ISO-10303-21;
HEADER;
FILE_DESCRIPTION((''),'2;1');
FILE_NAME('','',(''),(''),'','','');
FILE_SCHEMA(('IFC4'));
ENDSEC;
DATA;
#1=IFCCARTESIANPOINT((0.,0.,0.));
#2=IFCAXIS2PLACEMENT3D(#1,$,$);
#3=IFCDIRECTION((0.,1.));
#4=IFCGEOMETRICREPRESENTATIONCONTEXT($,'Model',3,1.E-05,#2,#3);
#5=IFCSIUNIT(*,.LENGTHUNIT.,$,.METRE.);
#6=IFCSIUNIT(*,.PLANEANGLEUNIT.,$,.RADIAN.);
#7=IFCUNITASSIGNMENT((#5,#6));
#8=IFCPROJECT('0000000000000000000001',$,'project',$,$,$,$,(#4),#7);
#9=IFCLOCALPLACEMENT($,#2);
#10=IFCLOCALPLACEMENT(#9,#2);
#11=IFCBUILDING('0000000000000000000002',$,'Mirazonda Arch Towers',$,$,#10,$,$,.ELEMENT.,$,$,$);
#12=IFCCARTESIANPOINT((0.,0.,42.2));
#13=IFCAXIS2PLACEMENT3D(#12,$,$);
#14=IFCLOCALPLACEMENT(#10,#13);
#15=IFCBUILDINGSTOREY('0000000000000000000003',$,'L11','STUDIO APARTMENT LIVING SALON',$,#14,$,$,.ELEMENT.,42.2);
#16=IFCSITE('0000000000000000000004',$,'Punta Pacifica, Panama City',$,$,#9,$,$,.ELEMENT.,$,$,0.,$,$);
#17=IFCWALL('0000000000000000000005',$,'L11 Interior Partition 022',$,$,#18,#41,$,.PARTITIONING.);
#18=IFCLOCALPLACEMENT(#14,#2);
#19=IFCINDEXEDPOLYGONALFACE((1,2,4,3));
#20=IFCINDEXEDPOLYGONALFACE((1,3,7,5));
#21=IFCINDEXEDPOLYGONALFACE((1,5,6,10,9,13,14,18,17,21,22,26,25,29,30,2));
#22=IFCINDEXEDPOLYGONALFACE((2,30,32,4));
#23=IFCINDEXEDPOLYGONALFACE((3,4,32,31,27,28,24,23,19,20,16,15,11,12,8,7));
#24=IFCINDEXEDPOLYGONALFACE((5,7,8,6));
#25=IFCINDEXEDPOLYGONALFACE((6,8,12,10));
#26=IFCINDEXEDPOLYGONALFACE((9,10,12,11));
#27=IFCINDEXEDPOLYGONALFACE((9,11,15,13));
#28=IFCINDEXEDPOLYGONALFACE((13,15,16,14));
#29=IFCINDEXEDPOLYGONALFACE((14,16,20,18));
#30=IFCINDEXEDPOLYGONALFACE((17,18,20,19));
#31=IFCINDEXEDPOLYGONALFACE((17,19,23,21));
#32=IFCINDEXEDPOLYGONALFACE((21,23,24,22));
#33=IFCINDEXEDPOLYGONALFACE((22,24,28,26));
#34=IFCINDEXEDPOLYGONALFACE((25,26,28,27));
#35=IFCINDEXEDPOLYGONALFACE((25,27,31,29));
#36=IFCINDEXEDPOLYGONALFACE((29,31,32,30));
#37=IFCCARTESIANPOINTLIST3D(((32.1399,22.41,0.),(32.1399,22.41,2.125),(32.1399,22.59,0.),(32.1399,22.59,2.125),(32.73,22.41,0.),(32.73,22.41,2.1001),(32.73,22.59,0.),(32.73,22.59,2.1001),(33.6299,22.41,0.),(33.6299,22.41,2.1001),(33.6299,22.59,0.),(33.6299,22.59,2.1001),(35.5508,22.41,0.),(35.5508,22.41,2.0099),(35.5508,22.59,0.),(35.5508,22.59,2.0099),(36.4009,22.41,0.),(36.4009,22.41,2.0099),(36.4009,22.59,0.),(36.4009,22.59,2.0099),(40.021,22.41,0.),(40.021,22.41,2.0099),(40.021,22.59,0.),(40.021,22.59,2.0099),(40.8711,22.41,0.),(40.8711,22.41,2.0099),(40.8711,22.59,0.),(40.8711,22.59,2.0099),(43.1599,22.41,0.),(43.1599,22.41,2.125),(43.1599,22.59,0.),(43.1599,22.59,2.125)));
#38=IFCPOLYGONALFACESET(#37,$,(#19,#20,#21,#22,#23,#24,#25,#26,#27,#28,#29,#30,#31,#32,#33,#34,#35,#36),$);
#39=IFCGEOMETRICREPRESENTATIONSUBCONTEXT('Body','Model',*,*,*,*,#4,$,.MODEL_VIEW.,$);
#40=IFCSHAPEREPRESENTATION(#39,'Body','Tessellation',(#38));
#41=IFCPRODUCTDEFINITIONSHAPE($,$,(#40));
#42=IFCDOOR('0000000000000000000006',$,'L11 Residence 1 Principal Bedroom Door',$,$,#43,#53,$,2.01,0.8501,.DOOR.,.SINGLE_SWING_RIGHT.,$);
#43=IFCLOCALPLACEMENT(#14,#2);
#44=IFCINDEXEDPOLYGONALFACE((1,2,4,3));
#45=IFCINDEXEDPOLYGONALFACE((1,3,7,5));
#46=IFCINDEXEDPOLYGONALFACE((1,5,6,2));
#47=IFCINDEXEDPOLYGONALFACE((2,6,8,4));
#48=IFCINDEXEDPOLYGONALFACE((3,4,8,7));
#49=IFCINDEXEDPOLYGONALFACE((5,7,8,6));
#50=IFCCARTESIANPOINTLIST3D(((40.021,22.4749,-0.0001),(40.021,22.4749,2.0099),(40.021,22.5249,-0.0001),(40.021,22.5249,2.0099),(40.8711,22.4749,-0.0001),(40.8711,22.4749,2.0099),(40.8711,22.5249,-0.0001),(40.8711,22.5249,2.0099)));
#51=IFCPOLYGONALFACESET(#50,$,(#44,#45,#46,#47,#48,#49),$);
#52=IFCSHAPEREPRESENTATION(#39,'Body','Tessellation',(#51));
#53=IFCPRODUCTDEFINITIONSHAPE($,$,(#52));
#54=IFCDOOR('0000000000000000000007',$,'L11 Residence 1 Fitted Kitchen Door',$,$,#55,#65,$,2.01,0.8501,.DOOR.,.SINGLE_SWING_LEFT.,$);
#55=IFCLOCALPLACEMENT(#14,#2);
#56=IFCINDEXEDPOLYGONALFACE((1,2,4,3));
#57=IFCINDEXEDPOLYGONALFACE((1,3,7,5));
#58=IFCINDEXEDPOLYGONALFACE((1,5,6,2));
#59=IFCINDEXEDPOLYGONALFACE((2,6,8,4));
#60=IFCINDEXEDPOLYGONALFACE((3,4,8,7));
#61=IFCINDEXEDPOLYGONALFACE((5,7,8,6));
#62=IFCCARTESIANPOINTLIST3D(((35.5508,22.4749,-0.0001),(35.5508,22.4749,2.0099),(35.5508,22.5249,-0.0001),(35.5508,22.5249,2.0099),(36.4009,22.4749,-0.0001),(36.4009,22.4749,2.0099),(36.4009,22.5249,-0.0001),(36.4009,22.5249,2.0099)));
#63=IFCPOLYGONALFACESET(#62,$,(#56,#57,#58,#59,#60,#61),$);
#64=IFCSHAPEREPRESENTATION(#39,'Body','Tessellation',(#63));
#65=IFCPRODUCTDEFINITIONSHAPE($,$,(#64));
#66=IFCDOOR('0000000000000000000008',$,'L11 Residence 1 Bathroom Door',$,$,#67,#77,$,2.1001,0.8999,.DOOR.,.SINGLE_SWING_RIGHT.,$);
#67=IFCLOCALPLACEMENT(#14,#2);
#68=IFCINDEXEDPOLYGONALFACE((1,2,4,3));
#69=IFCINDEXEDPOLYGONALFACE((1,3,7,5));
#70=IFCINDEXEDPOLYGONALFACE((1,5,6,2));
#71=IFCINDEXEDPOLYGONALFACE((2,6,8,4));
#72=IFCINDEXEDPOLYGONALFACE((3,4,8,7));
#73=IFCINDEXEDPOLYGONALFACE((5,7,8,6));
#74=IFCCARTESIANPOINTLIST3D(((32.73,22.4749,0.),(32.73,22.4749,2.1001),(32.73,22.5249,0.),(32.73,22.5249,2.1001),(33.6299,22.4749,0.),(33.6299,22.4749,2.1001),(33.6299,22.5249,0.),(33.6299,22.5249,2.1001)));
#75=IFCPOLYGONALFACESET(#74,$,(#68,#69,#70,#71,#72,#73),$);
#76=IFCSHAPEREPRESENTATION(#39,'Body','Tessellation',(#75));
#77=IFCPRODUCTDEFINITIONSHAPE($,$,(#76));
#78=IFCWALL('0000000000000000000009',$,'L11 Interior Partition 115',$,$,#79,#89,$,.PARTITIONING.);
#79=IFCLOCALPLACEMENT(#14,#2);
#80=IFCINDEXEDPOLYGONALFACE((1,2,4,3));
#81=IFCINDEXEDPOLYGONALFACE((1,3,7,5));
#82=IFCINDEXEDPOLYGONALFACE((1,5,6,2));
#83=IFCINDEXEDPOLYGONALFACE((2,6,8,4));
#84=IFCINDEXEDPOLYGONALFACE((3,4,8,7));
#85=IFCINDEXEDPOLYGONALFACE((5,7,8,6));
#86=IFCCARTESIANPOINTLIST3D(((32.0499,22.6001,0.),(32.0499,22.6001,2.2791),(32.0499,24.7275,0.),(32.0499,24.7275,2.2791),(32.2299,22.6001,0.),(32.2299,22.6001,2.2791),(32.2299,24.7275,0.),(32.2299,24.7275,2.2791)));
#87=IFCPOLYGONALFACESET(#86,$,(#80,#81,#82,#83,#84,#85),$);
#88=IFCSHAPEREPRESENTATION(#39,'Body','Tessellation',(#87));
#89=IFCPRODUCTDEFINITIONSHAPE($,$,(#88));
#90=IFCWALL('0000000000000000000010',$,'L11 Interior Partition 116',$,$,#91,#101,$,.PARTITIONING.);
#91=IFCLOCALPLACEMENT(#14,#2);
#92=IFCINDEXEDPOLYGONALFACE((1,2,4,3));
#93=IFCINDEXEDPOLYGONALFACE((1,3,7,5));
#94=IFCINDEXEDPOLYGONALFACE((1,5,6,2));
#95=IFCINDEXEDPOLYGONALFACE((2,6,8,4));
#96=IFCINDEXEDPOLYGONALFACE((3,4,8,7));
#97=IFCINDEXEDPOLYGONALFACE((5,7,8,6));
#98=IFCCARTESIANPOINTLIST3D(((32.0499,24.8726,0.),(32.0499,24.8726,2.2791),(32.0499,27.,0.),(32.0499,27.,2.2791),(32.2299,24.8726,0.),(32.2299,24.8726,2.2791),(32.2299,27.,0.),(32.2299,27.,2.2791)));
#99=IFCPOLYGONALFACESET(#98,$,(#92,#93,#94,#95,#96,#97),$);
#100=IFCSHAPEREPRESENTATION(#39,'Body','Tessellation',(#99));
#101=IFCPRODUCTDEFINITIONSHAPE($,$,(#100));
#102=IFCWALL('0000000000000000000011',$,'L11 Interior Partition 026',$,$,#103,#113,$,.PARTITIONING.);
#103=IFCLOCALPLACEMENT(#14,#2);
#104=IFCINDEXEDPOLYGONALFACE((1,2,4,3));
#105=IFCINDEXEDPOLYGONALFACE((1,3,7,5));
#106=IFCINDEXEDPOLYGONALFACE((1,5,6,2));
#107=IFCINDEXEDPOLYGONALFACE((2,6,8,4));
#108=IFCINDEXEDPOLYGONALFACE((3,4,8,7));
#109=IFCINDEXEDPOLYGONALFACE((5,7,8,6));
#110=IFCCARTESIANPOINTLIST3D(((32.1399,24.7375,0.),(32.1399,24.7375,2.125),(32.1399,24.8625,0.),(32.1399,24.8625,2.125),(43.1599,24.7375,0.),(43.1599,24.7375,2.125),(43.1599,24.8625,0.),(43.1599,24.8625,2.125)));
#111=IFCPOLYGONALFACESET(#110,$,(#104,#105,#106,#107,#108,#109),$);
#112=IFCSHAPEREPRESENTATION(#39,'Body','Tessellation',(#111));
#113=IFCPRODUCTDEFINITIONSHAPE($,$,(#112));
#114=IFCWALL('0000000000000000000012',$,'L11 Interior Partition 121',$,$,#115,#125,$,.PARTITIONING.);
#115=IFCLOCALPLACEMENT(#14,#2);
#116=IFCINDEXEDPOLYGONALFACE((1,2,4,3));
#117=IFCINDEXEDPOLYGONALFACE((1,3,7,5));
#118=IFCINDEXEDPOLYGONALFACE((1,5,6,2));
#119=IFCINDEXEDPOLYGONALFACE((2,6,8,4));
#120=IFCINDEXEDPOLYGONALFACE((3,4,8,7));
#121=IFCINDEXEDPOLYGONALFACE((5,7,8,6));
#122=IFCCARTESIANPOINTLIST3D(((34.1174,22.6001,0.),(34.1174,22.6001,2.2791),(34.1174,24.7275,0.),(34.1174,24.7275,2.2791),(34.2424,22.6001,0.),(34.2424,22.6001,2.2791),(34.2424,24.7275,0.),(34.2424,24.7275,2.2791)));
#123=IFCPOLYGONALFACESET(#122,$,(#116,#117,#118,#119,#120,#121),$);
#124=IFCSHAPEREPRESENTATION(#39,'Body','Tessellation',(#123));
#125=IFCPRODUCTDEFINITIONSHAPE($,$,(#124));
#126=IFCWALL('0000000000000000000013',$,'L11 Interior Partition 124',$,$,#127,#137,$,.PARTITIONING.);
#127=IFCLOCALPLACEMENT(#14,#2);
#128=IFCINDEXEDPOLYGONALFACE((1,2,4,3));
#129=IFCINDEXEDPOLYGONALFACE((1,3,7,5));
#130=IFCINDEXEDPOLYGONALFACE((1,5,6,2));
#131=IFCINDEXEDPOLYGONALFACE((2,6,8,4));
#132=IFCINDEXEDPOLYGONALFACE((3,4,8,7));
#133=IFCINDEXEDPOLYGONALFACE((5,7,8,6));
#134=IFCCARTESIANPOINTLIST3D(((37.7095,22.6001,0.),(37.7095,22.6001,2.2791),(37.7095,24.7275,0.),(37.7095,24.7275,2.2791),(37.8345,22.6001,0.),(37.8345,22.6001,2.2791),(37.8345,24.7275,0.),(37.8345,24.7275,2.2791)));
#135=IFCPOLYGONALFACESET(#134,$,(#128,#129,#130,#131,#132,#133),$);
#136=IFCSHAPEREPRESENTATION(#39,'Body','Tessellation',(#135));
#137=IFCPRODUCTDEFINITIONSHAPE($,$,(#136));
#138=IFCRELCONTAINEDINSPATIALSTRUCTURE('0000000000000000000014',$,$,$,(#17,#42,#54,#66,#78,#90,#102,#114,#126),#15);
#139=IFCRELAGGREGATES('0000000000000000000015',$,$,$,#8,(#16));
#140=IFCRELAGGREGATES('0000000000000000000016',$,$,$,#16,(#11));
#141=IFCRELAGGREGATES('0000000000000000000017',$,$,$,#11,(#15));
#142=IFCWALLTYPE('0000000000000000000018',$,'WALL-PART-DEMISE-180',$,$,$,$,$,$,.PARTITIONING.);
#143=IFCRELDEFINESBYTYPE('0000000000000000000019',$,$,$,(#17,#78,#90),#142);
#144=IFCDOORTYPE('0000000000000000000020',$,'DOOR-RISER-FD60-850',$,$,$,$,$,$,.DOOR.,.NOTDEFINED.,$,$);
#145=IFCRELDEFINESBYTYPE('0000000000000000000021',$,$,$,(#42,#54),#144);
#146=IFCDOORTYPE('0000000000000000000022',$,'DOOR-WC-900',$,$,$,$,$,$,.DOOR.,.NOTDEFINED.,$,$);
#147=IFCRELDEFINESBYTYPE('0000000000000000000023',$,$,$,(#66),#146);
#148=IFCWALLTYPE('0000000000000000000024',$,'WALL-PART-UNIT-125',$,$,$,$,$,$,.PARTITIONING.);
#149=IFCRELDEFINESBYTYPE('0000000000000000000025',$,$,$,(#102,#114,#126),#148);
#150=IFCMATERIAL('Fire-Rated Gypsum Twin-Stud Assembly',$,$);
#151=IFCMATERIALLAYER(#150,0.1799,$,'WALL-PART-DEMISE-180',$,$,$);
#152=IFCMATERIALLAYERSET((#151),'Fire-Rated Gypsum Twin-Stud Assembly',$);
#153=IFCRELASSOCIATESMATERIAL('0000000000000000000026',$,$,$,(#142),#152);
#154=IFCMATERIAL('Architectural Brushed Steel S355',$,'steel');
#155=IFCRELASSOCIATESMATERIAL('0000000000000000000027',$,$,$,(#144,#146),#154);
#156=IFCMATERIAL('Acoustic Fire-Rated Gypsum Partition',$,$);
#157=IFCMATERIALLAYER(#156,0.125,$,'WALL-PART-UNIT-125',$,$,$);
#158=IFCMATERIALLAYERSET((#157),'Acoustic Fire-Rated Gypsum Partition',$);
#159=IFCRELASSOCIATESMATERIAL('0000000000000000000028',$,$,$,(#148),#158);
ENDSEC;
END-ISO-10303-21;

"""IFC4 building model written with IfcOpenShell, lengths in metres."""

from ifc_helpers import new_model, si_unit, direction, frame, frame_2d, origin, place, context, subcontext, project, spatial, rectangle, extrude, material, layer, layer_set, type_object, element, fill, save


model = new_model("IFC4")

# Units and contexts
model_context = context("Model", 3, precision=1e-05, world=origin(), true_north=direction((0.0, 1.0)))
body_context = subcontext(model_context, "Body", "Model", "MODEL_VIEW")
ifc_project = project(units=[si_unit("LENGTHUNIT", "METRE"), si_unit("PLANEANGLEUNIT", "RADIAN")], contexts=[model_context])

# Site, building, storey
site_placement = place(None, origin())
site = spatial("IfcSite", under=ifc_project, at=site_placement, Name="Punta Pacifica, Panama City", CompositionType="ELEMENT", RefElevation=0.0)
building_placement = place(site_placement, origin())
building = spatial("IfcBuilding", under=site, at=building_placement, Name="Mirazonda Arch Towers", CompositionType="ELEMENT")
storey_placement = place(building_placement, frame((0.0, 0.0, 42.2)))
storey = spatial("IfcBuildingStorey", under=building, at=storey_placement, Name="L11", Description="STUDIO APARTMENT LIVING SALON", CompositionType="ELEMENT", Elevation=42.2)

# Wall, openings, doors
ifc_material_1 = material(Name="Fire-Rated Gypsum Twin-Stud Assembly")
ifc_layer_1 = layer(ifc_material_1, 0.1799, Name="WALL-PART-DEMISE-180")
ifc_layer_set_1 = layer_set([ifc_layer_1], Name="Fire-Rated Gypsum Twin-Stud Assembly")
wall_type_1 = type_object("IfcWallType", Name="WALL-PART-DEMISE-180", PredefinedType="PARTITIONING", material=ifc_layer_set_1)
wall_1_placement = place(storey_placement, frame((32.1399, 22.5, 0.0), z_axis=(0.0, 0.0, 1.0), x_axis=(1.0, 0.0, 0.0)))
wall_1 = element("IfcWall", 1, at=wall_1_placement, inside=storey, type_object=wall_type_1, Name="L11 Interior Partition 022", PredefinedType="PARTITIONING", context=body_context, shape_type="SweptSolid", body=[
    extrude(rectangle(XDim=11.02, YDim=0.1799, at=frame_2d((5.51, 0.0))), origin(), (0.0, 0.0, 1.0), 2.125),
])
opening_1_placement = place(wall_1_placement, frame((7.8811, 0.0, 0.0)))
opening_1 = element("IfcOpeningElement", 2, at=opening_1_placement, cuts=wall_1, PredefinedType="OPENING", context=body_context, shape_type="SweptSolid", body=[
    extrude(rectangle(XDim=0.8501, YDim=2.01, at=frame_2d((0.425, 1.0049))), frame((0.0, 0.0999, 0.0), z_axis=(0.0, -1.0, 0.0), x_axis=(1.0, 0.0, 0.0)), (0.0, 0.0, 1.0), 0.2),
])
opening_2_placement = place(wall_1_placement, frame((3.4109, 0.0, 0.0)))
opening_2 = element("IfcOpeningElement", 3, at=opening_2_placement, cuts=wall_1, PredefinedType="OPENING", context=body_context, shape_type="SweptSolid", body=[
    extrude(rectangle(XDim=0.8501, YDim=2.01, at=frame_2d((0.425, 1.0049))), frame((0.0, 0.0999, 0.0), z_axis=(0.0, -1.0, 0.0), x_axis=(1.0, 0.0, 0.0)), (0.0, 0.0, 1.0), 0.2),
])
opening_3_placement = place(wall_1_placement, frame((0.5901, 0.0, 0.0)))
opening_3 = element("IfcOpeningElement", 4, at=opening_3_placement, cuts=wall_1, PredefinedType="OPENING", context=body_context, shape_type="SweptSolid", body=[
    extrude(rectangle(XDim=0.8999, YDim=2.1001, at=frame_2d((0.45, 1.05))), frame((0.0, 0.0999, 0.0), z_axis=(0.0, -1.0, 0.0), x_axis=(1.0, 0.0, 0.0)), (0.0, 0.0, 1.0), 0.2),
])
ifc_material_2 = material(Name="Architectural Brushed Steel S355", Category="steel")
door_type_1 = type_object("IfcDoorType", Name="DOOR-RISER-FD60-850", OperationType="NOTDEFINED", PredefinedType="DOOR", material=ifc_material_2)
door_1_placement = place(opening_1_placement, origin())
door_1 = element("IfcDoor", 5, at=door_1_placement, inside=storey, type_object=door_type_1, Name="L11 Residence 1 Principal Bedroom Door", OperationType="SINGLE_SWING_RIGHT", OverallHeight=2.01, OverallWidth=0.8501, PredefinedType="DOOR", context=body_context, shape_type="SweptSolid", body=[
    extrude(rectangle(XDim=0.8501, YDim=2.01, at=frame_2d((0.425, 1.0049))), frame((0.0, 0.0249, 0.0), z_axis=(0.0, -1.0, 0.0), x_axis=(1.0, 0.0, 0.0)), (0.0, 0.0, 1.0), 0.05),
])
fill(opening_1, door_1)
door_2_placement = place(opening_2_placement, origin())
door_2 = element("IfcDoor", 6, at=door_2_placement, inside=storey, type_object=door_type_1, Name="L11 Residence 1 Fitted Kitchen Door", OperationType="SINGLE_SWING_LEFT", OverallHeight=2.01, OverallWidth=0.8501, PredefinedType="DOOR", context=body_context, shape_type="SweptSolid", body=[
    extrude(rectangle(XDim=0.8501, YDim=2.01, at=frame_2d((0.425, 1.0049))), frame((0.0, 0.0249, 0.0), z_axis=(0.0, -1.0, 0.0), x_axis=(1.0, 0.0, 0.0)), (0.0, 0.0, 1.0), 0.05),
])
fill(opening_2, door_2)
door_type_2 = type_object("IfcDoorType", Name="DOOR-WC-900", OperationType="NOTDEFINED", PredefinedType="DOOR", material=ifc_material_2)
door_3_placement = place(opening_3_placement, origin())
door_3 = element("IfcDoor", 7, at=door_3_placement, inside=storey, type_object=door_type_2, Name="L11 Residence 1 Bathroom Door", OperationType="SINGLE_SWING_RIGHT", OverallHeight=2.1001, OverallWidth=0.8999, PredefinedType="DOOR", context=body_context, shape_type="SweptSolid", body=[
    extrude(rectangle(XDim=0.8999, YDim=2.1001, at=frame_2d((0.45, 1.05))), frame((0.0, 0.0249, 0.0), z_axis=(0.0, -1.0, 0.0), x_axis=(1.0, 0.0, 0.0)), (0.0, 0.0, 1.0), 0.05),
])
fill(opening_3, door_3)

# Walls
for number, where, z_axis, x_axis, name in (
    (8, (32.1399, 22.6001, 0.0), (0.0, 0.0, 1.0), (0.0, 1.0, 0.0), "L11 Interior Partition 115"),
    (9, (32.1399, 24.8726, 0.0), (0.0, 0.0, 1.0), (0.0, 1.0, 0.0), "L11 Interior Partition 116"),
):
    element("IfcWall", number, at=place(storey_placement, frame(where, z_axis=z_axis, x_axis=x_axis)), inside=storey, type_object=wall_type_1, Name=name, PredefinedType="PARTITIONING", context=body_context, shape_type="SweptSolid", body=[
        extrude(rectangle(XDim=2.1274, YDim=0.1799, at=frame_2d((1.0637, 0.0))), origin(), (0.0, 0.0, 1.0), 2.2791),
    ])
ifc_material_3 = material(Name="Acoustic Fire-Rated Gypsum Partition")
ifc_layer_2 = layer(ifc_material_3, 0.125, Name="WALL-PART-UNIT-125")
ifc_layer_set_2 = layer_set([ifc_layer_2], Name="Acoustic Fire-Rated Gypsum Partition")
wall_type_2 = type_object("IfcWallType", Name="WALL-PART-UNIT-125", PredefinedType="PARTITIONING", material=ifc_layer_set_2)
wall_2_placement = place(storey_placement, frame((32.1399, 24.8, 0.0), z_axis=(0.0, 0.0, 1.0), x_axis=(1.0, 0.0, 0.0)))
element("IfcWall", 10, at=wall_2_placement, inside=storey, type_object=wall_type_2, Name="L11 Interior Partition 026", PredefinedType="PARTITIONING", context=body_context, shape_type="SweptSolid", body=[
    extrude(rectangle(XDim=11.02, YDim=0.125, at=frame_2d((5.51, 0.0))), origin(), (0.0, 0.0, 1.0), 2.125),
])
for number, where, z_axis, x_axis, name in (
    (11, (34.1799, 22.6001, 0.0), (0.0, 0.0, 1.0), (0.0, 1.0, 0.0), "L11 Interior Partition 121"),
    (12, (37.772, 22.6001, 0.0), (0.0, 0.0, 1.0), (0.0, 1.0, 0.0), "L11 Interior Partition 124"),
):
    element("IfcWall", number, at=place(storey_placement, frame(where, z_axis=z_axis, x_axis=x_axis)), inside=storey, type_object=wall_type_2, Name=name, PredefinedType="PARTITIONING", context=body_context, shape_type="SweptSolid", body=[
        extrude(rectangle(XDim=2.1274, YDim=0.125, at=frame_2d((1.0637, 0.0))), origin(), (0.0, 0.0, 1.0), 2.2791),
    ])

save(model, "model.ifc")
